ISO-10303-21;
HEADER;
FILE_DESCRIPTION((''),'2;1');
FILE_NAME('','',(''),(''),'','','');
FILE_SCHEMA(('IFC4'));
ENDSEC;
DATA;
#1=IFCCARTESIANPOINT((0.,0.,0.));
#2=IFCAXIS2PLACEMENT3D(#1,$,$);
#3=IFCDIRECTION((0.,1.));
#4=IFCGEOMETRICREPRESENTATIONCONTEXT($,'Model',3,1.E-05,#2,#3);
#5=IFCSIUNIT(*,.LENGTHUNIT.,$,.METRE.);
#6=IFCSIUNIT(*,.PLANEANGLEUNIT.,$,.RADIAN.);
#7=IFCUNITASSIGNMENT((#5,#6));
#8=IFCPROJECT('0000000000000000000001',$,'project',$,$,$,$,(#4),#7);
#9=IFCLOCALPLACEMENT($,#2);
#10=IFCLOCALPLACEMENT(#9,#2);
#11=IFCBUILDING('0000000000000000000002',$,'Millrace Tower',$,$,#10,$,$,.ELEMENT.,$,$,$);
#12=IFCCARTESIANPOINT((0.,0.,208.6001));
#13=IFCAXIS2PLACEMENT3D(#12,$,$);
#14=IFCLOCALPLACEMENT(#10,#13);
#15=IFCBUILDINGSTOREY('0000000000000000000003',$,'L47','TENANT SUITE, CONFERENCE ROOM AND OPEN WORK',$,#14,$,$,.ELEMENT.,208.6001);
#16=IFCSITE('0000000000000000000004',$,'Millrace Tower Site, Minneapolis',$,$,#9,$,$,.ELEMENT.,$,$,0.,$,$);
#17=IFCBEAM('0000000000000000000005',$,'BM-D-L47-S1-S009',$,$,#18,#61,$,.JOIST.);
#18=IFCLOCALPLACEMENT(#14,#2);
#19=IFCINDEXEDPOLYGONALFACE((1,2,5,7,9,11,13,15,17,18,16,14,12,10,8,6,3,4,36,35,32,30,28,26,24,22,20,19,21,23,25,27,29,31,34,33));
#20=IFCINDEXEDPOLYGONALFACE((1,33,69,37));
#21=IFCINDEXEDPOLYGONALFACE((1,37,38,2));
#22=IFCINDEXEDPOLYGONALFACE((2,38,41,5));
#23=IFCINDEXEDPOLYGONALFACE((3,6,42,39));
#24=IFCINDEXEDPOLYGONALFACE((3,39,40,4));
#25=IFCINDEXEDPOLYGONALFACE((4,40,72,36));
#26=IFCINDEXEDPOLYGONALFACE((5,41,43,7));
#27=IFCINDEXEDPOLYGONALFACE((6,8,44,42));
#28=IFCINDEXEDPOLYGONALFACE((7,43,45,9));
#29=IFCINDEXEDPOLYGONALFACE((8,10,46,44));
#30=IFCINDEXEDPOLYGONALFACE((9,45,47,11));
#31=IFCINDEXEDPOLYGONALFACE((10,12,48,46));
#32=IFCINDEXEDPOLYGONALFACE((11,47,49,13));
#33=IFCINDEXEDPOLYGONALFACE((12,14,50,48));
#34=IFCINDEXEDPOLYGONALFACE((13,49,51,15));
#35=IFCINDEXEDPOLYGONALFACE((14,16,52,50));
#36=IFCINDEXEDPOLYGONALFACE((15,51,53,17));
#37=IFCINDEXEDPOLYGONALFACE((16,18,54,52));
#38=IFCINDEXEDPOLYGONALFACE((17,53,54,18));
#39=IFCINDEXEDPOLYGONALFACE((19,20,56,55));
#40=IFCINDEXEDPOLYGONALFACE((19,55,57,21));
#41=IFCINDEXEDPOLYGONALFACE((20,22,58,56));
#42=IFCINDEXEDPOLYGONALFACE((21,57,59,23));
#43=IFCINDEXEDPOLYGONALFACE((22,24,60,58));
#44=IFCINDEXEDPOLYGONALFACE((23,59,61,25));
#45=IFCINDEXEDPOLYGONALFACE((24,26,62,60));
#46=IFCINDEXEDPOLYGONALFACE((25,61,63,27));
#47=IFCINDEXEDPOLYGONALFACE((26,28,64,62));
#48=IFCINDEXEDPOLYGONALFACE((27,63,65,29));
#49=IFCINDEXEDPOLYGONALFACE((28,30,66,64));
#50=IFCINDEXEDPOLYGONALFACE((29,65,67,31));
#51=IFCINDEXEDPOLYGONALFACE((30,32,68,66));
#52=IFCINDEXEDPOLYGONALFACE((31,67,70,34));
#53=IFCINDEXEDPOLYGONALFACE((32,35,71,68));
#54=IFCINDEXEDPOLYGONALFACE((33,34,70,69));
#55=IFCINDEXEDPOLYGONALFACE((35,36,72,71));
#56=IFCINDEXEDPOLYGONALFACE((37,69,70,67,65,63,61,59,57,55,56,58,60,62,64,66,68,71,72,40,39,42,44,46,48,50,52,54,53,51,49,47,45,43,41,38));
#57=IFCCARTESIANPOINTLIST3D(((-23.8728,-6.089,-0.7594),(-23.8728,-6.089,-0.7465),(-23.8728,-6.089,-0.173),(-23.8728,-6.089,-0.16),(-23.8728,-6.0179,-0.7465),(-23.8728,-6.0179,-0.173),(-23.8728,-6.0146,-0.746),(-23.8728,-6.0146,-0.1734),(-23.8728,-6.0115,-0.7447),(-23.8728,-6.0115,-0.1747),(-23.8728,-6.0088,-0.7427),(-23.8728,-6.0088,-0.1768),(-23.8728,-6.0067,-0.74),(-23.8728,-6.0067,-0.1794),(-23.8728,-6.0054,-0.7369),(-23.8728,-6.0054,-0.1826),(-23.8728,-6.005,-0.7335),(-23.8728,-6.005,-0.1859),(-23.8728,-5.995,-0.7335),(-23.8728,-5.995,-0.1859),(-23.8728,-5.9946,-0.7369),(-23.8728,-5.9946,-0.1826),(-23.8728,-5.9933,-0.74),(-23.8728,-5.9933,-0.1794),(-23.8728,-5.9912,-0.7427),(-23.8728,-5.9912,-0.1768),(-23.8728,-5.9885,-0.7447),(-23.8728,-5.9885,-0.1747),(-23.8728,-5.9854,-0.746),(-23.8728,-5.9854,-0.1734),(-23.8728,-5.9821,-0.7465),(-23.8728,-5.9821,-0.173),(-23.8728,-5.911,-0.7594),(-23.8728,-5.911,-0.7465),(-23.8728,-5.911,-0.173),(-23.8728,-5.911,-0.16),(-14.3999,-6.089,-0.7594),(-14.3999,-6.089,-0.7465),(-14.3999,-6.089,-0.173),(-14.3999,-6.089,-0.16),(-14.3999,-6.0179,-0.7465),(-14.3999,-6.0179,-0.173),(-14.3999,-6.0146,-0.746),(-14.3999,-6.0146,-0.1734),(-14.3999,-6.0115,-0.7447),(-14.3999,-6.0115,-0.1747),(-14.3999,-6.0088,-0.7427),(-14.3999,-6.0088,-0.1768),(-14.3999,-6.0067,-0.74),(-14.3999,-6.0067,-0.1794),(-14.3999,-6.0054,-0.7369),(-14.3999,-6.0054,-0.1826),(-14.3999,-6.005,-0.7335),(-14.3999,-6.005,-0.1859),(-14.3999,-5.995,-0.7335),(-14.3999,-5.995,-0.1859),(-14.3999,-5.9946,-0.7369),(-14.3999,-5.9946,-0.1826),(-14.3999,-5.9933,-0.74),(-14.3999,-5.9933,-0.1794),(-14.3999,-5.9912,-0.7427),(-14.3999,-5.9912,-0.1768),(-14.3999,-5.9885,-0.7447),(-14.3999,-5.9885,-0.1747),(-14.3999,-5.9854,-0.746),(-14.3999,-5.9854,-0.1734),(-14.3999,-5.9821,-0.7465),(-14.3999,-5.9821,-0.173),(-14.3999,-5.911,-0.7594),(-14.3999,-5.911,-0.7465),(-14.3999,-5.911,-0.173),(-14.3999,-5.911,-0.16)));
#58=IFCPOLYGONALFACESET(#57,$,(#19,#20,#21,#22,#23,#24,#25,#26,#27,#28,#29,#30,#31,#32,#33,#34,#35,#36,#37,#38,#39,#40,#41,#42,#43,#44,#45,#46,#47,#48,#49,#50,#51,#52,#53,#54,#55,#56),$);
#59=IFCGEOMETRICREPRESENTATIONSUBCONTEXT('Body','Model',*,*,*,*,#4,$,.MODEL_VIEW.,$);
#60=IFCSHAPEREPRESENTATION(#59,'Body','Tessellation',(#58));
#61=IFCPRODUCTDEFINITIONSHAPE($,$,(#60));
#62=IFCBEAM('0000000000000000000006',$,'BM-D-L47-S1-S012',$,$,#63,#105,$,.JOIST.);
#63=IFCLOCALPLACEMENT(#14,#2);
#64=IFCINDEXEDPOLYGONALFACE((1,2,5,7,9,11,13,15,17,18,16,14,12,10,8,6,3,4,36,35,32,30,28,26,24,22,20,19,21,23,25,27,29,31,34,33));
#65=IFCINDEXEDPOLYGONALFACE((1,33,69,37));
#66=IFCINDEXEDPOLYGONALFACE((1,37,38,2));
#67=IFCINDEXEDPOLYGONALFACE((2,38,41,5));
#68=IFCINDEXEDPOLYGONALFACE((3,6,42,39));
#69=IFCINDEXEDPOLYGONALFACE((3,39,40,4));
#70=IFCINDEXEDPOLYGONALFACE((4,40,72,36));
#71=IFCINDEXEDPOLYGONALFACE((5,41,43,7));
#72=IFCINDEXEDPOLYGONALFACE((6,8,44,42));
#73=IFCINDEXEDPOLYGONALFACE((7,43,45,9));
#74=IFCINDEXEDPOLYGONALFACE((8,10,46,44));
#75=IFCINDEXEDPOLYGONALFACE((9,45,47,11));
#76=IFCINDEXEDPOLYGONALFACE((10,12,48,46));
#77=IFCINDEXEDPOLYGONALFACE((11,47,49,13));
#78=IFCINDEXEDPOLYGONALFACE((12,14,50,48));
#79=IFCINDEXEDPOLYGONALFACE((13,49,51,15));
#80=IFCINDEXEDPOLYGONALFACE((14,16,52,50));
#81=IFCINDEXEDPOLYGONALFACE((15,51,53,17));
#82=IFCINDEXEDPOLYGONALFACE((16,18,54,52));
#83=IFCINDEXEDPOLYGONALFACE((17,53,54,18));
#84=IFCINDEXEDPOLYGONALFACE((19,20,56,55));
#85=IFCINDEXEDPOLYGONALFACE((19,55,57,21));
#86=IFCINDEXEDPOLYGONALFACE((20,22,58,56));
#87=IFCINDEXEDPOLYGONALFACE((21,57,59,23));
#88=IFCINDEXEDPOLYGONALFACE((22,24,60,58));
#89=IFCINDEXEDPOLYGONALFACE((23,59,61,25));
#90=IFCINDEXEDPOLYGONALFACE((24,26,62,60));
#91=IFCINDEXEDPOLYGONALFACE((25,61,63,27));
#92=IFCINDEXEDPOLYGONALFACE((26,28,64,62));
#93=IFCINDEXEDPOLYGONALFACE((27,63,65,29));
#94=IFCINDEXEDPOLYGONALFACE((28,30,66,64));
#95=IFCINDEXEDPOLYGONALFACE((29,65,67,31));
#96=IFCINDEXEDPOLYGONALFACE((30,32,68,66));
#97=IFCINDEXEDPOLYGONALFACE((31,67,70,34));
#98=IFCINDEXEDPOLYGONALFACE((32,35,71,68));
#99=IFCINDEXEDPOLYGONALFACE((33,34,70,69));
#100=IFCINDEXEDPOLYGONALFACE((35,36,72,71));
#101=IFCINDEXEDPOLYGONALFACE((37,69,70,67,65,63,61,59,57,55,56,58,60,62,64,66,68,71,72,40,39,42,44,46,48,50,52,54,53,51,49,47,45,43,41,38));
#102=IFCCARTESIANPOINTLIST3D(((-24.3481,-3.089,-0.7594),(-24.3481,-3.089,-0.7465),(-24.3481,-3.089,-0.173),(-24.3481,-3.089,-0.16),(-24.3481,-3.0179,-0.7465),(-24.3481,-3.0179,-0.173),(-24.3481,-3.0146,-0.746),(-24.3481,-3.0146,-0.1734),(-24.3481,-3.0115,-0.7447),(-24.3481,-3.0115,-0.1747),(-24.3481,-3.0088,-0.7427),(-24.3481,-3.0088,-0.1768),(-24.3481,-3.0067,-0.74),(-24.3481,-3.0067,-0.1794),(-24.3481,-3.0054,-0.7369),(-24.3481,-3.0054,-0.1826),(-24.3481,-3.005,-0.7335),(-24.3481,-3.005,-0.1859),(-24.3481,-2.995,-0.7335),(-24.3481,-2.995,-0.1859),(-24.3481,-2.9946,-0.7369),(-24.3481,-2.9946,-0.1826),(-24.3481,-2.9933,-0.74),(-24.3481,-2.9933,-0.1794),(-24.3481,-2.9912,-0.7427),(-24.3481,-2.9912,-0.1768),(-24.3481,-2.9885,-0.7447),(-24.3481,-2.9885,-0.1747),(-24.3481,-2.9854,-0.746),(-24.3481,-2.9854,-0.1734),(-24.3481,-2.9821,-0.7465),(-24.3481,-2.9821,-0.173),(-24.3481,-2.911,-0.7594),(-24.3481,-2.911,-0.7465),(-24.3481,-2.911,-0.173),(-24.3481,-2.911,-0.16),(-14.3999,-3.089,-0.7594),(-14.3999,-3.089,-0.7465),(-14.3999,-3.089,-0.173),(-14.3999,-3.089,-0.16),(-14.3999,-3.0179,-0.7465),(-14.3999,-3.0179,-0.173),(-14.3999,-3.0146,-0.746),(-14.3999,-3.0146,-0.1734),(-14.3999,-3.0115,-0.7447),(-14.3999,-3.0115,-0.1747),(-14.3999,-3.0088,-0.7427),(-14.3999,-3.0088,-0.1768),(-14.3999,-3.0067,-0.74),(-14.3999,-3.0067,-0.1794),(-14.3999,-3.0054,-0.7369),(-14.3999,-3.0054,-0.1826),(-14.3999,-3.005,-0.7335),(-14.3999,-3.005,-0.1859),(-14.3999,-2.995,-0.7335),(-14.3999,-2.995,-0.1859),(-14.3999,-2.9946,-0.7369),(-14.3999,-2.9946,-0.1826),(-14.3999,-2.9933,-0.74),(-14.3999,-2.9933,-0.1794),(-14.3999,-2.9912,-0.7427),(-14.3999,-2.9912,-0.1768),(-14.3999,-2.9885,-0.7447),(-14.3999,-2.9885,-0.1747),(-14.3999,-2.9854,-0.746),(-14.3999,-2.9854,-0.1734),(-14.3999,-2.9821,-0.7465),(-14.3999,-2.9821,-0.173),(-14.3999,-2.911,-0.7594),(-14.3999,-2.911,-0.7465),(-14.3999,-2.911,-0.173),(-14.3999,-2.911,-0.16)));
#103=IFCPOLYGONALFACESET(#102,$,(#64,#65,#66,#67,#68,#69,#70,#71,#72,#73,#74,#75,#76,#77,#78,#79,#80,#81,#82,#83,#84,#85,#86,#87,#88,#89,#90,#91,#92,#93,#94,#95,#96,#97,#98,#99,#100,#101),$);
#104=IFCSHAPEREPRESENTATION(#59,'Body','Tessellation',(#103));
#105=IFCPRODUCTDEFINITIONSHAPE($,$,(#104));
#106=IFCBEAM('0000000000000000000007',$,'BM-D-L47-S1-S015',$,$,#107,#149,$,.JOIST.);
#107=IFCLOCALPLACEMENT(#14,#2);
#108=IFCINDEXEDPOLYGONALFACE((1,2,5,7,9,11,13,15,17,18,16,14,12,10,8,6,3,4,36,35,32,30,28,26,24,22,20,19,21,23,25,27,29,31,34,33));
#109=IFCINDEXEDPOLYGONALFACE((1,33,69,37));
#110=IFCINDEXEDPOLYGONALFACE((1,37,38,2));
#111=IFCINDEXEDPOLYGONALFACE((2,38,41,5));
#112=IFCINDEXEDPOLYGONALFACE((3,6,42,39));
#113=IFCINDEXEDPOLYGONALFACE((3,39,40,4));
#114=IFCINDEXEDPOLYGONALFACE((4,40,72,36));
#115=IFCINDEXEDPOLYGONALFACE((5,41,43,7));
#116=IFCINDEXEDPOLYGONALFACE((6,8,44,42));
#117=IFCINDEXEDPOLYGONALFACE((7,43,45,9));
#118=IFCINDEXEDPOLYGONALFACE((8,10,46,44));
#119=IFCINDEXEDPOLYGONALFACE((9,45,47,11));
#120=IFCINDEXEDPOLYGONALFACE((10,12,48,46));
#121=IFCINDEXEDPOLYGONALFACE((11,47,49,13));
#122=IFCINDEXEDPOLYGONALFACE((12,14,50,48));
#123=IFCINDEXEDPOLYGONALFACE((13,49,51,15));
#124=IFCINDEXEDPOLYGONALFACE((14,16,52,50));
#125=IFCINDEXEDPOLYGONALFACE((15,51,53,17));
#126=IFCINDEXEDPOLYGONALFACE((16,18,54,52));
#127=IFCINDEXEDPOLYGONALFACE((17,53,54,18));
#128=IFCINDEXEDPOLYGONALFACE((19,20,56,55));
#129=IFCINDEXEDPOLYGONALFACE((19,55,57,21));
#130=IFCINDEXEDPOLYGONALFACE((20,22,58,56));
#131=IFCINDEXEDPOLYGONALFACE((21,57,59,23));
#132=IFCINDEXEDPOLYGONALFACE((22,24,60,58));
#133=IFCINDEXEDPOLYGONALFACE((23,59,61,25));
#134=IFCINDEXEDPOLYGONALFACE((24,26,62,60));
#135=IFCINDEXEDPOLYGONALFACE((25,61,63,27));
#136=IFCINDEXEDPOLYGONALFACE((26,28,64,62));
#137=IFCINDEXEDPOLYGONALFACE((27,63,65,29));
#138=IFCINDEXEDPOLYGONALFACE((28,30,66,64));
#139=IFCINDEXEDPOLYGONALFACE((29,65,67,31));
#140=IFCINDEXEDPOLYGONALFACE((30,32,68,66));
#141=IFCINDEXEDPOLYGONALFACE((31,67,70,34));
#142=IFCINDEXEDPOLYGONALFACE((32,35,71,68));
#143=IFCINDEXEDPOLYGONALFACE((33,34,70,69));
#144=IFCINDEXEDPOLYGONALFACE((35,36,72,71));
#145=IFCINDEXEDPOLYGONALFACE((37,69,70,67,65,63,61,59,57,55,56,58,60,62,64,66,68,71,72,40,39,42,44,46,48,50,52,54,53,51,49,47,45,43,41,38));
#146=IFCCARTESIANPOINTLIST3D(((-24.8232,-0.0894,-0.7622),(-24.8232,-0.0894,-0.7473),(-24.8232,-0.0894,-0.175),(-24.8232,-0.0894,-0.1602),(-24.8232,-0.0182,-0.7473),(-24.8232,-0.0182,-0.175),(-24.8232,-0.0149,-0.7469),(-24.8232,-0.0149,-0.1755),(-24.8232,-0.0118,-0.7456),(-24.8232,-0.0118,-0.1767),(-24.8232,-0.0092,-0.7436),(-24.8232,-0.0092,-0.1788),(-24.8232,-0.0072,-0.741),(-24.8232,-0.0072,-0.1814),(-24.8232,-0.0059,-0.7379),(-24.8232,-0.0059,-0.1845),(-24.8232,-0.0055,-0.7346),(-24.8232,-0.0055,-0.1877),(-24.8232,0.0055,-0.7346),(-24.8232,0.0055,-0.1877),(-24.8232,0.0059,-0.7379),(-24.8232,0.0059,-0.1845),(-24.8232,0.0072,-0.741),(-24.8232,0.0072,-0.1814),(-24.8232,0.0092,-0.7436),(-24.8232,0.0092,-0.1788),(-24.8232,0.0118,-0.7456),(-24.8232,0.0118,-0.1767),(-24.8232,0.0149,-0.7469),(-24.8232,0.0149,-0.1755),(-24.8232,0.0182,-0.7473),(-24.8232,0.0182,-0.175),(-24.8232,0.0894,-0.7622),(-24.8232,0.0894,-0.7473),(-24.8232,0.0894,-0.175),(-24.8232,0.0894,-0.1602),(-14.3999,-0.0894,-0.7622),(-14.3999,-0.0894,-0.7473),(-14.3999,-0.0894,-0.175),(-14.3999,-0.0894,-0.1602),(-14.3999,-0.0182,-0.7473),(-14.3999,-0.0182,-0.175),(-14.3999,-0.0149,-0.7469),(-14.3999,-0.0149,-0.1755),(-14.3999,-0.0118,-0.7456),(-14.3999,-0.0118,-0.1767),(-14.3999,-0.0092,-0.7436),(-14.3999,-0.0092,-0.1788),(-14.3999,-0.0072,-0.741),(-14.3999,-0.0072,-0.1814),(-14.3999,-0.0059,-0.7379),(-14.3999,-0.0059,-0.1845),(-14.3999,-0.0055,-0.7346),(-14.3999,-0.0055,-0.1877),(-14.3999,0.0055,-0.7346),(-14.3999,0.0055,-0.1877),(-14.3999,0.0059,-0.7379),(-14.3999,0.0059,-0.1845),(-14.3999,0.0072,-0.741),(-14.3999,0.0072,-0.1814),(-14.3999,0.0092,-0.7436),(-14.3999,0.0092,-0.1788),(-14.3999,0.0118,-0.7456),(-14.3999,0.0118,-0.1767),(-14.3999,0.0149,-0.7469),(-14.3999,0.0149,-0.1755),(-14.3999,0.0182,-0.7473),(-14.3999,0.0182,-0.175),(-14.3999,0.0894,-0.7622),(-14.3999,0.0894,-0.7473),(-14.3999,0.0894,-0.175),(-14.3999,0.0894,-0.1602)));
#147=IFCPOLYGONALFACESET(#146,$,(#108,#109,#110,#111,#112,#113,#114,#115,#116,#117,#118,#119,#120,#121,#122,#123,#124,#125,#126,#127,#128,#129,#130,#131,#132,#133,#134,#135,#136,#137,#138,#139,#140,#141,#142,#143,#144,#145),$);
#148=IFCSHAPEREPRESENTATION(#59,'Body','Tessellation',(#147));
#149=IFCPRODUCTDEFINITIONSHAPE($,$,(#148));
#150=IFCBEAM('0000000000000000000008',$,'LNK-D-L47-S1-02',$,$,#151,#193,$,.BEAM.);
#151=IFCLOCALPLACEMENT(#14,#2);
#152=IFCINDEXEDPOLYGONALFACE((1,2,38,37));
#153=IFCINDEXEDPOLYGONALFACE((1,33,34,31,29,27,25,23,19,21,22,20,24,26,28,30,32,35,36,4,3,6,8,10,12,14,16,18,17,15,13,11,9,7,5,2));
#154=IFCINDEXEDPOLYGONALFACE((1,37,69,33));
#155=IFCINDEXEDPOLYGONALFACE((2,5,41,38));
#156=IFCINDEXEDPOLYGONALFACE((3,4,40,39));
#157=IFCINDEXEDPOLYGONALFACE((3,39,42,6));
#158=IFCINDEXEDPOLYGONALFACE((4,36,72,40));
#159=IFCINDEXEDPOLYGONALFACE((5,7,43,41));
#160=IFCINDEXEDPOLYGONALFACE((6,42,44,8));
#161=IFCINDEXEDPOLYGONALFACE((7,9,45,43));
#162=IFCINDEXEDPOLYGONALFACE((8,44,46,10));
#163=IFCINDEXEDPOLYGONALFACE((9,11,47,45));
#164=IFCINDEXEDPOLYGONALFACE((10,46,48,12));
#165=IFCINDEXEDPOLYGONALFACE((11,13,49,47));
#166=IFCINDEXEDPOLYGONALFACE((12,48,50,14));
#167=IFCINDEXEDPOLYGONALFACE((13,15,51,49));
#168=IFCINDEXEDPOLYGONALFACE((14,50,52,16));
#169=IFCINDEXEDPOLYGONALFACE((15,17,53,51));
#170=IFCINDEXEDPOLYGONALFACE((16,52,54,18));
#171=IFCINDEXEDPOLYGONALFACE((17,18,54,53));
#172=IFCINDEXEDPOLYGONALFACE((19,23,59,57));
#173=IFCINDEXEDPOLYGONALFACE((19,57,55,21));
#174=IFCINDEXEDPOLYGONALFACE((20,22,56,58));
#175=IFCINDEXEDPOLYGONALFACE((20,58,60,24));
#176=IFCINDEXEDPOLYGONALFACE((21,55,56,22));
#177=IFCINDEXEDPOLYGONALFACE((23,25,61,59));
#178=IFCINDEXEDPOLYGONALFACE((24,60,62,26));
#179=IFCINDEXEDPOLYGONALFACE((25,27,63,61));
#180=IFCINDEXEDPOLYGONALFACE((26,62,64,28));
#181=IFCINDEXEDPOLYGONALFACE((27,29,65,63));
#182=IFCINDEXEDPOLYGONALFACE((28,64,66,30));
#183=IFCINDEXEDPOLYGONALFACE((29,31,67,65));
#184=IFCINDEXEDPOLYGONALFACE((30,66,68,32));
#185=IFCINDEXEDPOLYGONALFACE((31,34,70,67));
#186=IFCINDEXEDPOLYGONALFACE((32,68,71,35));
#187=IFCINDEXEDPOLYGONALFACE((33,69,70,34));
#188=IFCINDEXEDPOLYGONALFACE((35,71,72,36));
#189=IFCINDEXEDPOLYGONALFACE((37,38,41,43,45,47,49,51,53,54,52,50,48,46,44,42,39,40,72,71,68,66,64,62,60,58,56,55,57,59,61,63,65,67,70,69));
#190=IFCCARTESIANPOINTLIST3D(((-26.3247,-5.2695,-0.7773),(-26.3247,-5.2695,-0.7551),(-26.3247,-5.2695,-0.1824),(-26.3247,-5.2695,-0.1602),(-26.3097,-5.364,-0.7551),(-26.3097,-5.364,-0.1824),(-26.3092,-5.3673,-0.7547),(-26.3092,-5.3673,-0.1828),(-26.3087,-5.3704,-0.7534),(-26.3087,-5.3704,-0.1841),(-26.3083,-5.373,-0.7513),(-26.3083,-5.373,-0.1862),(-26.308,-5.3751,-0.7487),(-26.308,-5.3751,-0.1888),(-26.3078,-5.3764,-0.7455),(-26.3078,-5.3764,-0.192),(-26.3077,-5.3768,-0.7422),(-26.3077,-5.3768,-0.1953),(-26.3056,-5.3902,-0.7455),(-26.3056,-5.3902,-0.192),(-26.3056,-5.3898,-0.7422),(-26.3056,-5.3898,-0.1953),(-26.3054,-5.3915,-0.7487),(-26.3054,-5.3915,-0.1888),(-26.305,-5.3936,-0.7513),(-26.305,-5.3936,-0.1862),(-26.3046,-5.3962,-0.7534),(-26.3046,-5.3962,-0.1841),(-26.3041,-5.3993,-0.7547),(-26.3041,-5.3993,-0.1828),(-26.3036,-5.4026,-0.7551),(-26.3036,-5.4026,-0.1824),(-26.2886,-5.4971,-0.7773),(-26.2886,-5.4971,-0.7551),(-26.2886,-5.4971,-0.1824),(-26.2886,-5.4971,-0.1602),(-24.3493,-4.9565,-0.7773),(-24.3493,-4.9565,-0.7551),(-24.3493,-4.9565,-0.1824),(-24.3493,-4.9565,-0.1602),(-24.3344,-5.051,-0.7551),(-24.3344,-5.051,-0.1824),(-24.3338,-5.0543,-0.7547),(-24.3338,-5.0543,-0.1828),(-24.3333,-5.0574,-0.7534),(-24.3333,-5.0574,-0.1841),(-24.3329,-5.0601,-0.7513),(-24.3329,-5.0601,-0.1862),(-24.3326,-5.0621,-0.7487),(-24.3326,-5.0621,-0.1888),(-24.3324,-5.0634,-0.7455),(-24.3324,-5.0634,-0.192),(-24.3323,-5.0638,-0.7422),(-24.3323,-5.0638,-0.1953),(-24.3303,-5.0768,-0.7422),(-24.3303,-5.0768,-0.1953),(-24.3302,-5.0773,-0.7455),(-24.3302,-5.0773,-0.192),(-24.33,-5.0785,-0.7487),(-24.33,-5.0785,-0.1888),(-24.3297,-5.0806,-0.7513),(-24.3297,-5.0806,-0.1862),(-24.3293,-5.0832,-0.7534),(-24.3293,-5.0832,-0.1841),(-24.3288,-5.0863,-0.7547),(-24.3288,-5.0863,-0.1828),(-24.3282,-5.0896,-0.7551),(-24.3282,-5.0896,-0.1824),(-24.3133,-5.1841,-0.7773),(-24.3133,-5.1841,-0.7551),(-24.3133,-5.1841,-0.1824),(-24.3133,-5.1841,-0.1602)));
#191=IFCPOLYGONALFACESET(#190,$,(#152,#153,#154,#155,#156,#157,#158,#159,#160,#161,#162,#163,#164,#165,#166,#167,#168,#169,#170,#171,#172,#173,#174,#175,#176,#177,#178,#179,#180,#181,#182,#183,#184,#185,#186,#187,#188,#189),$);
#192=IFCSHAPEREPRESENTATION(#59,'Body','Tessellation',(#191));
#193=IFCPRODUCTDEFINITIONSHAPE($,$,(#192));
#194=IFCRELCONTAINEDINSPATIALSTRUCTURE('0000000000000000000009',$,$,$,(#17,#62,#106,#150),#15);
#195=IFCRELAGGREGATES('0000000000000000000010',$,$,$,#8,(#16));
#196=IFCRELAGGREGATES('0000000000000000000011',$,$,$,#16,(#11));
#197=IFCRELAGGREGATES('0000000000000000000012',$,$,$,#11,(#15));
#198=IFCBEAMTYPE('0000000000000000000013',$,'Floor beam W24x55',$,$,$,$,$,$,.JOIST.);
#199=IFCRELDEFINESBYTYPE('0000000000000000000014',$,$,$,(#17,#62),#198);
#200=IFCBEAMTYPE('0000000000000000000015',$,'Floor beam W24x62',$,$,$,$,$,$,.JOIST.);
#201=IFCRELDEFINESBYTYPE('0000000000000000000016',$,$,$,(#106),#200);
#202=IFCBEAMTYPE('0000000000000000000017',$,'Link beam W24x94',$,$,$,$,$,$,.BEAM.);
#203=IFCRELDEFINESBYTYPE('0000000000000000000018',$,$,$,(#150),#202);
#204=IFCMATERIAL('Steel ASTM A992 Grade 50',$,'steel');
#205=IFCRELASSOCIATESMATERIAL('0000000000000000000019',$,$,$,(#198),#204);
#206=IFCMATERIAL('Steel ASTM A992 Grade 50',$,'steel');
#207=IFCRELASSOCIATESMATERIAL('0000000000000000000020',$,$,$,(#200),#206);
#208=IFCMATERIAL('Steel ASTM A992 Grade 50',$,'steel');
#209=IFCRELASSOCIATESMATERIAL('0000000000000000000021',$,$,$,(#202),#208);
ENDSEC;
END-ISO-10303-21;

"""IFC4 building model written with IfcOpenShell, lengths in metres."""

from ifc_helpers import new_model, si_unit, direction, frame, origin, origin_2d, place, context, subcontext, project, spatial, i_section, extrude, material, material_profile, profile_set, type_object, element, save


model = new_model("IFC4")

# Units and contexts
model_context = context("Model", 3, precision=1e-05, world=origin(), true_north=direction((0.0, 1.0)))
body_context = subcontext(model_context, "Body", "Model", "MODEL_VIEW")
ifc_project = project(units=[si_unit("LENGTHUNIT", "METRE"), si_unit("PLANEANGLEUNIT", "RADIAN")], contexts=[model_context])

# Site, building, storey
site_placement = place(None, origin())
site = spatial("IfcSite", under=ifc_project, at=site_placement, Name="Millrace Tower Site, Minneapolis", CompositionType="ELEMENT", RefElevation=0.0)
building_placement = place(site_placement, origin())
building = spatial("IfcBuilding", under=site, at=building_placement, Name="Millrace Tower", CompositionType="ELEMENT")
storey_placement = place(building_placement, frame((0.0, 0.0, 208.6001)))
storey = spatial("IfcBuildingStorey", under=building, at=storey_placement, Name="L47", Description="TENANT SUITE, CONFERENCE ROOM AND OPEN WORK", CompositionType="ELEMENT", Elevation=208.6001)

# Beams
ifc_material_1 = material(Name="Steel ASTM A992 Grade 50", Category="steel")
ifc_material_profile_1 = material_profile(ifc_material_1, i_section(OverallWidth=0.178, OverallDepth=0.5994, WebThickness=0.01, FlangeThickness=0.0129, FilletRadius=0.0129, at=origin_2d()))
ifc_profile_set_1 = profile_set([ifc_material_profile_1], Name="Steel ASTM A992 Grade 50")
beam_type_1 = type_object("IfcBeamType", Name="Floor beam W24x55", PredefinedType="JOIST", material=ifc_profile_set_1)
beam_1_placement = place(storey_placement, frame((-23.8728, -6.0, -0.4597), z_axis=(1.0, 0.0, 0.0), x_axis=(0.0, 1.0, 0.0)))
element("IfcBeam", 1, at=beam_1_placement, inside=storey, type_object=beam_type_1, Name="BM-D-L47-S1-S009", PredefinedType="JOIST", context=body_context, shape_type="SweptSolid", body=[
    extrude(i_section(OverallWidth=0.178, OverallDepth=0.5994, WebThickness=0.01, FlangeThickness=0.0129, FilletRadius=0.0129, at=origin_2d()), origin(), (0.0, 0.0, 1.0), 9.4729),
])
beam_2_placement = place(storey_placement, frame((-24.3481, -3.0, -0.4597), z_axis=(1.0, 0.0, 0.0), x_axis=(0.0, 1.0, 0.0)))
element("IfcBeam", 2, at=beam_2_placement, inside=storey, type_object=beam_type_1, Name="BM-D-L47-S1-S012", PredefinedType="JOIST", context=body_context, shape_type="SweptSolid", body=[
    extrude(i_section(OverallWidth=0.178, OverallDepth=0.5994, WebThickness=0.01, FlangeThickness=0.0129, FilletRadius=0.0129, at=origin_2d()), origin(), (0.0, 0.0, 1.0), 9.9482),
])
ifc_material_2 = material(Name="Steel ASTM A992 Grade 50", Category="steel")
ifc_material_profile_2 = material_profile(ifc_material_2, i_section(OverallWidth=0.1787, OverallDepth=0.6021, WebThickness=0.011, FlangeThickness=0.0149, FilletRadius=0.0127, at=origin_2d()))
ifc_profile_set_2 = profile_set([ifc_material_profile_2], Name="Steel ASTM A992 Grade 50")
beam_type_2 = type_object("IfcBeamType", Name="Floor beam W24x62", PredefinedType="JOIST", material=ifc_profile_set_2)
beam_3_placement = place(storey_placement, frame((-24.8232, 0.0, -0.4612), z_axis=(1.0, 0.0, 0.0), x_axis=(0.0, 1.0, 0.0)))
element("IfcBeam", 3, at=beam_3_placement, inside=storey, type_object=beam_type_2, Name="BM-D-L47-S1-S015", PredefinedType="JOIST", context=body_context, shape_type="SweptSolid", body=[
    extrude(i_section(OverallWidth=0.1787, OverallDepth=0.6021, WebThickness=0.011, FlangeThickness=0.0149, FilletRadius=0.0127, at=origin_2d()), origin(), (0.0, 0.0, 1.0), 10.4233),
])
ifc_material_3 = material(Name="Steel ASTM A992 Grade 50", Category="steel")
ifc_material_profile_3 = material_profile(ifc_material_3, i_section(OverallWidth=0.2305, OverallDepth=0.6172, WebThickness=0.0132, FlangeThickness=0.0222, FilletRadius=0.0129, at=origin_2d()))
ifc_profile_set_3 = profile_set([ifc_material_profile_3], Name="Steel ASTM A992 Grade 50")
beam_type_3 = type_object("IfcBeamType", Name="Link beam W24x94", PredefinedType="BEAM", material=ifc_profile_set_3)
beam_4_placement = place(storey_placement, frame((-24.3313, -5.0703, -0.4688), z_axis=(-0.987679, -0.156495, 0.0), x_axis=(0.156495, -0.987679, 0.0)))
element("IfcBeam", 4, at=beam_4_placement, inside=storey, type_object=beam_type_3, Name="LNK-D-L47-S1-02", PredefinedType="BEAM", context=body_context, shape_type="SweptSolid", body=[
    extrude(i_section(OverallWidth=0.2305, OverallDepth=0.6172, WebThickness=0.0132, FlangeThickness=0.0222, FilletRadius=0.0129, at=origin_2d()), origin(), (0.0, 0.0, 1.0), 2.0),
])

save(model, "model.ifc")
